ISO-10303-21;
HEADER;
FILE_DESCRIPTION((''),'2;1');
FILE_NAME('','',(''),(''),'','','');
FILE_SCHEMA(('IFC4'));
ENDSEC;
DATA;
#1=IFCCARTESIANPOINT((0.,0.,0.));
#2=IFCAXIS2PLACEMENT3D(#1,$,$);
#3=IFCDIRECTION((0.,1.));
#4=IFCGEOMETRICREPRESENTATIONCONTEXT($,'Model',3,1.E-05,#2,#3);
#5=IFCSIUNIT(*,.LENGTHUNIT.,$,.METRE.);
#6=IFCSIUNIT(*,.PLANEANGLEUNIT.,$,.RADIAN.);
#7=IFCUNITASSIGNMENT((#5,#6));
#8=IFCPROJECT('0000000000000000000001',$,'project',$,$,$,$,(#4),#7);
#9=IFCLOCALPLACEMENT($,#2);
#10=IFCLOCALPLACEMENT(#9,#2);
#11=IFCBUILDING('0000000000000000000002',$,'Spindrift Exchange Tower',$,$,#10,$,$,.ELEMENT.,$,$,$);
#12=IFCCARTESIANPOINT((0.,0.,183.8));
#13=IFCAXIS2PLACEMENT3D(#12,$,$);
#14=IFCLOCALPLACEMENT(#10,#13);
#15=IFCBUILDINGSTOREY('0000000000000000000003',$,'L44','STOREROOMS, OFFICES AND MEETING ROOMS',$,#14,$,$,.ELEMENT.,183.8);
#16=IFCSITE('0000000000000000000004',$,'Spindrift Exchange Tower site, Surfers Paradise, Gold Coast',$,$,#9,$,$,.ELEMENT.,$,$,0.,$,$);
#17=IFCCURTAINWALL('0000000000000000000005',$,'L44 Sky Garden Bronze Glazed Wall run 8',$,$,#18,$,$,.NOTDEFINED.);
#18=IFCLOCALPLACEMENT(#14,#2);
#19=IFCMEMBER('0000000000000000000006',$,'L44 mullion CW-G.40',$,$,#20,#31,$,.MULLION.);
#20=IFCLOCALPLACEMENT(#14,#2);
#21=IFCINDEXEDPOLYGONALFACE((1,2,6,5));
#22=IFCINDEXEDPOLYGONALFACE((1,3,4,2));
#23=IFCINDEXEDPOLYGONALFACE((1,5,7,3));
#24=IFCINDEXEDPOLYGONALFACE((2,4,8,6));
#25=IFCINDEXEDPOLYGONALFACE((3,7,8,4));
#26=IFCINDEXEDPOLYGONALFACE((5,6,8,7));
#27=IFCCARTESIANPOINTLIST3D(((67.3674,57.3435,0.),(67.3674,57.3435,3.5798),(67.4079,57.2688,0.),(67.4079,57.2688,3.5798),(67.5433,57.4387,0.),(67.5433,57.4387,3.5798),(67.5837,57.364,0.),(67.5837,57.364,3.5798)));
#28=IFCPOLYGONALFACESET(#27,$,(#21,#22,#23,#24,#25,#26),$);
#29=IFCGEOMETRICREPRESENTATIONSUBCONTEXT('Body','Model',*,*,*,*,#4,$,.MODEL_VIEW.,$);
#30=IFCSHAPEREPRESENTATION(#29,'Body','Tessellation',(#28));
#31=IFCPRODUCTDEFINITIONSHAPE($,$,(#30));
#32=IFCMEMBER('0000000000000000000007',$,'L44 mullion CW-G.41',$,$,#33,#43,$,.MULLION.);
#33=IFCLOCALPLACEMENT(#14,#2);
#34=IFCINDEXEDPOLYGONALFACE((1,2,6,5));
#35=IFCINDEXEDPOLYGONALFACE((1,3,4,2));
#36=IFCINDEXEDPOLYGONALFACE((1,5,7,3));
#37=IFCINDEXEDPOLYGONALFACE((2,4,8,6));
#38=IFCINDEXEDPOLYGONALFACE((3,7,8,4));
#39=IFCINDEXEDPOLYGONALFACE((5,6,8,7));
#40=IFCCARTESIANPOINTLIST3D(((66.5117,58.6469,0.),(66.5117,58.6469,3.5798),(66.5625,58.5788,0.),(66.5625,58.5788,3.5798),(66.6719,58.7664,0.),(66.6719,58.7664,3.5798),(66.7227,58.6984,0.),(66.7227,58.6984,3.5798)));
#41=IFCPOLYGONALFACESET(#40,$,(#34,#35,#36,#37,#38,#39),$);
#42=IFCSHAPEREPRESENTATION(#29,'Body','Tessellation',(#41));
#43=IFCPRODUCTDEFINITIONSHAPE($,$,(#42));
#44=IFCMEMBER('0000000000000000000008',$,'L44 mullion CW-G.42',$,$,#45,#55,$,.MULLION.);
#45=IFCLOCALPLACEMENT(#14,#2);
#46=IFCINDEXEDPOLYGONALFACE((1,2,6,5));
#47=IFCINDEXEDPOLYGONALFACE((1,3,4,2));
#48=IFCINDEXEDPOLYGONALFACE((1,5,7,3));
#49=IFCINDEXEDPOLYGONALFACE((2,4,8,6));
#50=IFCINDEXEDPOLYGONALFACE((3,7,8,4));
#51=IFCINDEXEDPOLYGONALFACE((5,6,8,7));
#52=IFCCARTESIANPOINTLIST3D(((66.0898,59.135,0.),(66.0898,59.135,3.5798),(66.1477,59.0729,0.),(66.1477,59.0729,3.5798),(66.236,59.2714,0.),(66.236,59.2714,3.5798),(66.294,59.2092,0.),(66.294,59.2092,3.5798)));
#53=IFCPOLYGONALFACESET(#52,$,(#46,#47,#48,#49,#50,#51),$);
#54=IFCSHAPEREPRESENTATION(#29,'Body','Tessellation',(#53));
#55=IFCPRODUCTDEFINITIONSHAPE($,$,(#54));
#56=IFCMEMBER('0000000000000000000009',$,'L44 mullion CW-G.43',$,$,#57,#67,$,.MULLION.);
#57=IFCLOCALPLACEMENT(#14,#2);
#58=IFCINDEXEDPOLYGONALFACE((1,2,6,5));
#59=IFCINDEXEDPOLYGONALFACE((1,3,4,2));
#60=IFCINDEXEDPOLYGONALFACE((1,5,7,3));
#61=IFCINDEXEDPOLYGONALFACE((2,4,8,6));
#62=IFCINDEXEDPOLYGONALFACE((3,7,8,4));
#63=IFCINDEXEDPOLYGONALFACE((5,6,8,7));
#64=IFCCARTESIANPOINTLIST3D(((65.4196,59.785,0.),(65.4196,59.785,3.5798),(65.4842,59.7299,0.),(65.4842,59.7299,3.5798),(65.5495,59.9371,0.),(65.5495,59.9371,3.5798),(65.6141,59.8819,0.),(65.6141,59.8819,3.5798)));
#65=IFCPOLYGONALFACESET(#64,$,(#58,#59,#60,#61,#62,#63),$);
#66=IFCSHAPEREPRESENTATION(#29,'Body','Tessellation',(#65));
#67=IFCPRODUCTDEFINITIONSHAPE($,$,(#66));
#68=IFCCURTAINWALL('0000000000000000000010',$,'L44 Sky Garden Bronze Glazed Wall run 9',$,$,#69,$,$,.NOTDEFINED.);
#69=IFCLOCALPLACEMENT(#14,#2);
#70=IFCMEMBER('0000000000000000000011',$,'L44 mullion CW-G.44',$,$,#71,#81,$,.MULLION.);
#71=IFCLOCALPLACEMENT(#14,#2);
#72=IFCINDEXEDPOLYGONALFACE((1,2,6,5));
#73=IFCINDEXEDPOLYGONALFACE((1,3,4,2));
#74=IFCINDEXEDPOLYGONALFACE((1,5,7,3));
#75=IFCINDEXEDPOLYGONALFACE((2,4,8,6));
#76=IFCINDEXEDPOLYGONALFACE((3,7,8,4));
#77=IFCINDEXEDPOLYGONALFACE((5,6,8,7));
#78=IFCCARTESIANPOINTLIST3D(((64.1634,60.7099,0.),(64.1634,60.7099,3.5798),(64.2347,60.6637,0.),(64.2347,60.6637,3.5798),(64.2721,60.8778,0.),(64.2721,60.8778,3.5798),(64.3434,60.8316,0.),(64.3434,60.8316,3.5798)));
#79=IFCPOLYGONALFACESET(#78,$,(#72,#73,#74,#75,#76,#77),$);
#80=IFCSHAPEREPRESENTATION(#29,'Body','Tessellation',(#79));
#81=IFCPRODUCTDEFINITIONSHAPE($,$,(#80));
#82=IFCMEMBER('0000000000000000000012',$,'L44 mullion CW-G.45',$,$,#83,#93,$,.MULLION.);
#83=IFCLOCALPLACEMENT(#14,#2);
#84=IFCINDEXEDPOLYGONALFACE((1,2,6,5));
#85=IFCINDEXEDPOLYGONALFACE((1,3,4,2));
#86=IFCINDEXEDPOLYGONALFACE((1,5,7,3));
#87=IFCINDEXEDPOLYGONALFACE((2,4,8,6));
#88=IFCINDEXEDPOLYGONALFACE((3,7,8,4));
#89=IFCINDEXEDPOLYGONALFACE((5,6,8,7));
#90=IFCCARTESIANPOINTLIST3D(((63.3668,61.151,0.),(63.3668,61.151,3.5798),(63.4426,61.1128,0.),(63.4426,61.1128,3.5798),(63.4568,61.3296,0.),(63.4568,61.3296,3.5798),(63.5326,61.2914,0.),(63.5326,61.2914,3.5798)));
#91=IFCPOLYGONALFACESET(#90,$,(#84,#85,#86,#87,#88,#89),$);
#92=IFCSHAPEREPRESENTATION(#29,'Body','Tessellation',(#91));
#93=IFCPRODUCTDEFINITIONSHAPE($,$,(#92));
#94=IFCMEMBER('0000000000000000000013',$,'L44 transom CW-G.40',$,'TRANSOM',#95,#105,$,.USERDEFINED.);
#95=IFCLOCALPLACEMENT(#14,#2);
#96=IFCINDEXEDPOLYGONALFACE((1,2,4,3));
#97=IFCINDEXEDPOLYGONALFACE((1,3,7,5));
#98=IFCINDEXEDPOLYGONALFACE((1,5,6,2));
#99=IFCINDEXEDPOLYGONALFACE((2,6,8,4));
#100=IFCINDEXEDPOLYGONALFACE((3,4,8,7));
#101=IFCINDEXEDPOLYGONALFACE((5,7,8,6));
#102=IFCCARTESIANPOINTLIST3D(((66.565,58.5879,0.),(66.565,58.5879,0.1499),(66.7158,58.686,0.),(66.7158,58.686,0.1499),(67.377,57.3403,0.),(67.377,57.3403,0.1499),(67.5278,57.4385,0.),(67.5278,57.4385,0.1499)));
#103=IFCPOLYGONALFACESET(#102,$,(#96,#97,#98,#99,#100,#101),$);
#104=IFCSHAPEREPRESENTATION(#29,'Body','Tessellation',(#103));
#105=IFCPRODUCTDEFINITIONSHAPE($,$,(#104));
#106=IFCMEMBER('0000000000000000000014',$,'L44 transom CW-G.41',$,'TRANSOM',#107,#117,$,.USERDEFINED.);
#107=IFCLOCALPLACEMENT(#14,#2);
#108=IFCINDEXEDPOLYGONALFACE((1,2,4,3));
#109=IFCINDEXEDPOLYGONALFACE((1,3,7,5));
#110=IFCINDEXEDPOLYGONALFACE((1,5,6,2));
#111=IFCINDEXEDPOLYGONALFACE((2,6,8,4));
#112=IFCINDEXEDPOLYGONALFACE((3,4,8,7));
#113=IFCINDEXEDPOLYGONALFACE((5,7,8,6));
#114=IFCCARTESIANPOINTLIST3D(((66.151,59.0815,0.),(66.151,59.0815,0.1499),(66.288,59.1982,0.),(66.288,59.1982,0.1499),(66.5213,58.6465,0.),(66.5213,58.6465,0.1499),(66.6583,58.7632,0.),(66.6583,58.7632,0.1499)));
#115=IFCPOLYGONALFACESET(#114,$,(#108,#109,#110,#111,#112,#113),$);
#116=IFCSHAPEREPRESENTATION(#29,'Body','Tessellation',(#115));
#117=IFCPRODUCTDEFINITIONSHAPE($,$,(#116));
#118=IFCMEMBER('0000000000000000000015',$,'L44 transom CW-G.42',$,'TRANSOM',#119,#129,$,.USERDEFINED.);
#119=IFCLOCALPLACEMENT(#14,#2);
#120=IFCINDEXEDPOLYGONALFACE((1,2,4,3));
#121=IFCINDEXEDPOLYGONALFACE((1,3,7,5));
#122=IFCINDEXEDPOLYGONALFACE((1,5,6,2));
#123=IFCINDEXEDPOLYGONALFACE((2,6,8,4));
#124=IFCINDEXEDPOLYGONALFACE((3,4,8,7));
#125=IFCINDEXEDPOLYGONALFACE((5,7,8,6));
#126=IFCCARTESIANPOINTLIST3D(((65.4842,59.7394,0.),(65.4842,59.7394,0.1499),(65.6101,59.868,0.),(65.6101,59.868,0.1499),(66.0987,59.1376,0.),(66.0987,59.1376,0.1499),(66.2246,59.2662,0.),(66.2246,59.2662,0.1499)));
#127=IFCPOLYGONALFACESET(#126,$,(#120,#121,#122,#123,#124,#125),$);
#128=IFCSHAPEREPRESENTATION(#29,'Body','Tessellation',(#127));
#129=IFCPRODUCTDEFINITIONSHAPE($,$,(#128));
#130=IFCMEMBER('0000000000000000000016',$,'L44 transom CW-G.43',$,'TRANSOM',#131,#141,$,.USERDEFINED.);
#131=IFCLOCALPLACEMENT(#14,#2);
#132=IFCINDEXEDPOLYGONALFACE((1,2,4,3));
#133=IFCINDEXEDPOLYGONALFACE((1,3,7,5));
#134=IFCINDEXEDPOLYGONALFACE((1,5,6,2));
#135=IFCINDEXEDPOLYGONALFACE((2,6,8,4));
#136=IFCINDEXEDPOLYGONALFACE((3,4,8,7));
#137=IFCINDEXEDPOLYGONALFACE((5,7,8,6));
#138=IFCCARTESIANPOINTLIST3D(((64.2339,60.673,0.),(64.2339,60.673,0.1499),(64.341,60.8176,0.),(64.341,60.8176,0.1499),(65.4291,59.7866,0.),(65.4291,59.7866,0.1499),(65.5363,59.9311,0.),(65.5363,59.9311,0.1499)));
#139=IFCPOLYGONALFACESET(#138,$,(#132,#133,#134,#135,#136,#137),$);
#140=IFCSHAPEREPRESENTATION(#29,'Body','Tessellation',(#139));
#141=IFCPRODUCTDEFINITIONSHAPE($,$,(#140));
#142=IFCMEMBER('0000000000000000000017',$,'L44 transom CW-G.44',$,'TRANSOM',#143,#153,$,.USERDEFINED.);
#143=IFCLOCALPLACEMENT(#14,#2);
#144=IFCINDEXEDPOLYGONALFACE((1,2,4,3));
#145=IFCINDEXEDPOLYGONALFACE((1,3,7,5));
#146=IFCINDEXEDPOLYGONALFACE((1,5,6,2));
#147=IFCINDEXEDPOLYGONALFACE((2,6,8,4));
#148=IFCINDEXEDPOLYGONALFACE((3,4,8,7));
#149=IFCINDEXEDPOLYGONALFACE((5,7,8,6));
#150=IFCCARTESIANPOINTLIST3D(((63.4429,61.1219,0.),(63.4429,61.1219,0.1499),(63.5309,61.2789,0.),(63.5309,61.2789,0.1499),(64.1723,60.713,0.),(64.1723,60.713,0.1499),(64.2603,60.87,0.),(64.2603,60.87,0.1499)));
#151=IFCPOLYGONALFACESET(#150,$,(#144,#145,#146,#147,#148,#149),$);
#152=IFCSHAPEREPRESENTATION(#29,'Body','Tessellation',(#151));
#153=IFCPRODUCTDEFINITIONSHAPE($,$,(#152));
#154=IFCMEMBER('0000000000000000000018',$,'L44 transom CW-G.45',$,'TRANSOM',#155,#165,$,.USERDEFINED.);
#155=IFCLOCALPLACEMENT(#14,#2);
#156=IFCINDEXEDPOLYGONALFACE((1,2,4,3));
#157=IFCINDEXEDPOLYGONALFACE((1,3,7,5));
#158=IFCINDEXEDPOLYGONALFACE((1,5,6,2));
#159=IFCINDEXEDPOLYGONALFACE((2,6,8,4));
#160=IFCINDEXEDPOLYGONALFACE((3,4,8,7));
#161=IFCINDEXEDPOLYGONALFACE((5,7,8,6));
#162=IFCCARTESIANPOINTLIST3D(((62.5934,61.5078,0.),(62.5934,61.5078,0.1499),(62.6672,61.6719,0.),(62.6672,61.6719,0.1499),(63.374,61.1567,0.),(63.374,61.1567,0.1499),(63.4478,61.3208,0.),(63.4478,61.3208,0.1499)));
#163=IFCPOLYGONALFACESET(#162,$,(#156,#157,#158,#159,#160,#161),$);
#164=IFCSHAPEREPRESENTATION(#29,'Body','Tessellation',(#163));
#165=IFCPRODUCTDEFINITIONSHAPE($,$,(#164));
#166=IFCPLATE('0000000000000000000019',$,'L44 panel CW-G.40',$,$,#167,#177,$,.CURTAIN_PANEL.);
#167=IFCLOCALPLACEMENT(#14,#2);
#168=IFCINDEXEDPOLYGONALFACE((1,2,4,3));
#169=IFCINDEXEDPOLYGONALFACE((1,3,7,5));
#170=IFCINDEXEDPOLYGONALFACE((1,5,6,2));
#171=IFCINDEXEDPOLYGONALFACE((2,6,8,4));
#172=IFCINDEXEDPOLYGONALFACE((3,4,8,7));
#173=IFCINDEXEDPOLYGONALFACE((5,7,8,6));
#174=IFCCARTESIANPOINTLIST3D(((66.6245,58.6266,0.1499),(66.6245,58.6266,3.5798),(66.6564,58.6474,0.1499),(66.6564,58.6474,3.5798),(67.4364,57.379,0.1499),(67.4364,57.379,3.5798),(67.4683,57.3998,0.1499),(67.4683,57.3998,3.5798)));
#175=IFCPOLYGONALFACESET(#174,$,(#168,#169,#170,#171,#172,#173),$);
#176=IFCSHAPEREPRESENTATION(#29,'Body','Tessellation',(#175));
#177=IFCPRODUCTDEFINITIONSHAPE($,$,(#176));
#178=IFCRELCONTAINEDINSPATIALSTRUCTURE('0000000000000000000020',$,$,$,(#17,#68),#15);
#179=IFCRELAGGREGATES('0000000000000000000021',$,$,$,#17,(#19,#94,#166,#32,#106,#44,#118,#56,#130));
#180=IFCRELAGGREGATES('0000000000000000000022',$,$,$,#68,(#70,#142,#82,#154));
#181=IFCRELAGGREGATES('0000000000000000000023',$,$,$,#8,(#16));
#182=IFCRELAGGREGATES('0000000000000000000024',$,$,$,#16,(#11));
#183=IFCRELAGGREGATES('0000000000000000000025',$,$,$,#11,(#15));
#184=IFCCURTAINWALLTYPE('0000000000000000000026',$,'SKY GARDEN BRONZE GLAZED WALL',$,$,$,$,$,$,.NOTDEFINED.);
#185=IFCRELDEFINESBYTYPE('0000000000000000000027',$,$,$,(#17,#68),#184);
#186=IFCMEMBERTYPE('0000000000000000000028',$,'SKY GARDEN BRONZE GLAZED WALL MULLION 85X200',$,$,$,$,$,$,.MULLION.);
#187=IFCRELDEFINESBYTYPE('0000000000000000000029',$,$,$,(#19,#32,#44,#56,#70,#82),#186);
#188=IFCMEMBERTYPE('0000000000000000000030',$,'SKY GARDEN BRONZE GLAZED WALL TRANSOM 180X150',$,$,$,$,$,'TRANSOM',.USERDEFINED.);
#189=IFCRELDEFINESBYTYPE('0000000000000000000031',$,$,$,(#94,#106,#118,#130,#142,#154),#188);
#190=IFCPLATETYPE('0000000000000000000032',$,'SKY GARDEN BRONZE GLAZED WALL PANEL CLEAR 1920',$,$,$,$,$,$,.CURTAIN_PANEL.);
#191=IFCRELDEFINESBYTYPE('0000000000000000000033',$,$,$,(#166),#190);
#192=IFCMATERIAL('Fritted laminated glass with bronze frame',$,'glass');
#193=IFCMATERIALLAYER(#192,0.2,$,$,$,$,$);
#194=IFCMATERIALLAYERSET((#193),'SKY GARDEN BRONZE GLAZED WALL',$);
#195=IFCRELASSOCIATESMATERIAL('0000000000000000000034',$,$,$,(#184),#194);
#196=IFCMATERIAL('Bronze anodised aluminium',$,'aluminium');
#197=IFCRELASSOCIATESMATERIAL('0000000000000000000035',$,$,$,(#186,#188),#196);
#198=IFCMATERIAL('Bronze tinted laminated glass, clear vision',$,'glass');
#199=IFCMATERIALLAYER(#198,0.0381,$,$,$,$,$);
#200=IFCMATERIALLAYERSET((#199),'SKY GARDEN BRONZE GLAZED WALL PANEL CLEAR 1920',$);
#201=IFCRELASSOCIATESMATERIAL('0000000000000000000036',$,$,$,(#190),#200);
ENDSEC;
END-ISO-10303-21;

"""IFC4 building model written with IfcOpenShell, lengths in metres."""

from ifc_helpers import new_model, si_unit, direction, frame, origin, origin_2d, place, context, subcontext, project, spatial, rectangle, extrude, source, transform, mapped, material, layer, layer_set, material_profile, profile_set, type_object, element, aggregate, save


model = new_model("IFC4")

# Units and contexts
model_context = context("Model", 3, precision=1e-05, world=origin(), true_north=direction((0.0, 1.0)))
body_context = subcontext(model_context, "Body", "Model", "MODEL_VIEW")
ifc_project = project(units=[si_unit("LENGTHUNIT", "METRE"), si_unit("PLANEANGLEUNIT", "RADIAN")], contexts=[model_context])

# Site, building, storey
site_placement = place(None, origin())
site = spatial("IfcSite", under=ifc_project, at=site_placement, Name="Spindrift Exchange Tower site, Surfers Paradise, Gold Coast", CompositionType="ELEMENT", RefElevation=0.0)
building_placement = place(site_placement, origin())
building = spatial("IfcBuilding", under=site, at=building_placement, Name="Spindrift Exchange Tower", CompositionType="ELEMENT")
storey_placement = place(building_placement, frame((0.0, 0.0, 183.8)))
storey = spatial("IfcBuildingStorey", under=building, at=storey_placement, Name="L44", Description="STOREROOMS, OFFICES AND MEETING ROOMS", CompositionType="ELEMENT", Elevation=183.8)

# Curtain walls, members
ifc_material_1 = material(Name="Fritted laminated glass with bronze frame", Category="glass")
ifc_layer_1 = layer(ifc_material_1, 0.2)
ifc_layer_set_1 = layer_set([ifc_layer_1], Name="SKY GARDEN BRONZE GLAZED WALL")
curtain_wall_type = type_object("IfcCurtainWallType", Name="SKY GARDEN BRONZE GLAZED WALL", PredefinedType="NOTDEFINED", material=ifc_layer_set_1)
curtain_wall_1_placement = place(storey_placement, origin())
curtain_wall_1 = element("IfcCurtainWall", 1, at=curtain_wall_1_placement, inside=storey, type_object=curtain_wall_type, Name="L44 Sky Garden Bronze Glazed Wall run 8", PredefinedType="NOTDEFINED")
ifc_material_2 = material(Name="Bronze anodised aluminium", Category="aluminium")
ifc_material_profile_1 = material_profile(ifc_material_2, rectangle(XDim=0.085, YDim=0.2, at=origin_2d()), Name="SKY GARDEN BRONZE GLAZED WALL MULLION 85X200")
ifc_profile_set_1 = profile_set([ifc_material_profile_1], Name="Bronze anodised aluminium")
member_type_1 = type_object("IfcMemberType", Name="SKY GARDEN BRONZE GLAZED WALL MULLION 85X200", PredefinedType="MULLION", material=ifc_profile_set_1)
shared_shape_1 = source(origin(), body_context, "Body", "SweptSolid", [
    extrude(rectangle(XDim=0.085, YDim=0.2, at=origin_2d()), origin(), (0.0, 0.0, 1.0), 3.5798),
])
member_1_placement = place(storey_placement, frame((67.4756, 57.3538, 0.0), z_axis=(0.0, 0.0, 1.0), x_axis=(-0.47596, 0.879467, 0.0)))
member_1 = element("IfcMember", 2, at=member_1_placement, type_object=member_type_1, Name="L44 mullion CW-G.40", PredefinedType="MULLION", context=body_context, shape_type="MappedRepresentation", body=[
    mapped(shared_shape_1, transform((0.0, 0.0, 0.0), scale=1.0)),
])
member_2_placement = place(storey_placement, frame((66.6172, 58.6726, 0.0), z_axis=(0.0, 0.0, 1.0), x_axis=(-0.598079, 0.801437, 0.0)))
member_2 = element("IfcMember", 3, at=member_2_placement, type_object=member_type_1, Name="L44 mullion CW-G.41", PredefinedType="MULLION", context=body_context, shape_type="MappedRepresentation", body=[
    mapped(shared_shape_1, transform((0.0, 0.0, 0.0), scale=1.0)),
])
member_3_placement = place(storey_placement, frame((66.1919, 59.1721, 0.0), z_axis=(0.0, 0.0, 1.0), x_axis=(-0.681997, 0.731355, 0.0)))
member_3 = element("IfcMember", 4, at=member_3_placement, type_object=member_type_1, Name="L44 mullion CW-G.42", PredefinedType="MULLION", context=body_context, shape_type="MappedRepresentation", body=[
    mapped(shared_shape_1, transform((0.0, 0.0, 0.0), scale=1.0)),
])
member_4_placement = place(storey_placement, frame((65.5168, 59.8335, 0.0), z_axis=(0.0, 0.0, 1.0), x_axis=(-0.760534, 0.649298, 0.0)))
member_4 = element("IfcMember", 5, at=member_4_placement, type_object=member_type_1, Name="L44 mullion CW-G.43", PredefinedType="MULLION", context=body_context, shape_type="MappedRepresentation", body=[
    mapped(shared_shape_1, transform((0.0, 0.0, 0.0), scale=1.0)),
])
curtain_wall_2_placement = place(storey_placement, origin())
curtain_wall_2 = element("IfcCurtainWall", 6, at=curtain_wall_2_placement, inside=storey, type_object=curtain_wall_type, Name="L44 Sky Garden Bronze Glazed Wall run 9", PredefinedType="NOTDEFINED")
member_5_placement = place(storey_placement, frame((64.2534, 60.7708, 0.0), z_axis=(0.0, 0.0, 1.0), x_axis=(-0.83941, 0.543498, 0.0)))
member_5 = element("IfcMember", 7, at=member_5_placement, type_object=member_type_1, Name="L44 mullion CW-G.44", PredefinedType="MULLION", context=body_context, shape_type="MappedRepresentation", body=[
    mapped(shared_shape_1, transform((0.0, 0.0, 0.0), scale=1.0)),
])
member_6_placement = place(storey_placement, frame((63.4497, 61.2212, 0.0), z_axis=(0.0, 0.0, 1.0), x_axis=(-0.892999, 0.450058, 0.0)))
member_6 = element("IfcMember", 8, at=member_6_placement, type_object=member_type_1, Name="L44 mullion CW-G.45", PredefinedType="MULLION", context=body_context, shape_type="MappedRepresentation", body=[
    mapped(shared_shape_1, transform((0.0, 0.0, 0.0), scale=1.0)),
])

# Members
ifc_material_profile_2 = material_profile(ifc_material_2, rectangle(XDim=0.1799, YDim=0.1499, at=origin_2d()), Name="SKY GARDEN BRONZE GLAZED WALL TRANSOM 180X150")
ifc_profile_set_2 = profile_set([ifc_material_profile_2], Name="Bronze anodised aluminium")
member_type_2 = type_object("IfcMemberType", Name="SKY GARDEN BRONZE GLAZED WALL TRANSOM 180X150", ElementType="TRANSOM", PredefinedType="USERDEFINED", material=ifc_profile_set_2)
shared_shape_2 = source(origin(), body_context, "Body", "SweptSolid", [
    extrude(rectangle(XDim=0.1799, YDim=0.1499, at=origin_2d()), origin(), (0.0, 0.0, 1.0), 1.4885),
])
member_7_placement = place(storey_placement, frame((67.4524, 57.3894, 0.075), z_axis=(-0.545507, 0.838106, 0.0), x_axis=(-0.838106, -0.545507, 0.0)))
member_7 = element("IfcMember", 9, at=member_7_placement, type_object=member_type_2, Name="L44 transom CW-G.40", ObjectType="TRANSOM", PredefinedType="USERDEFINED", context=body_context, shape_type="MappedRepresentation", body=[
    mapped(shared_shape_2, transform((0.0, 0.0, 0.0), scale=1.0)),
])
shared_shape_3 = source(origin(), body_context, "Body", "SweptSolid", [
    extrude(rectangle(XDim=0.1799, YDim=0.1499, at=origin_2d()), origin(), (0.0, 0.0, 1.0), 0.5713),
])
member_8_placement = place(storey_placement, frame((66.5898, 58.7048, 0.075), z_axis=(-0.648219, 0.761454, 0.0), x_axis=(-0.761454, -0.648219, 0.0)))
member_8 = element("IfcMember", 10, at=member_8_placement, type_object=member_type_2, Name="L44 transom CW-G.41", ObjectType="TRANSOM", PredefinedType="USERDEFINED", context=body_context, shape_type="MappedRepresentation", body=[
    mapped(shared_shape_3, transform((0.0, 0.0, 0.0), scale=1.0)),
])
shared_shape_4 = source(origin(), body_context, "Body", "SweptSolid", [
    extrude(rectangle(XDim=0.1799, YDim=0.1499, at=origin_2d()), origin(), (0.0, 0.0, 1.0), 0.8601),
])
member_9_placement = place(storey_placement, frame((66.1616, 59.2019, 0.075), z_axis=(-0.714448, 0.699688, 0.0), x_axis=(-0.699688, -0.714448, 0.0)))
member_9 = element("IfcMember", 11, at=member_9_placement, type_object=member_type_2, Name="L44 transom CW-G.42", ObjectType="TRANSOM", PredefinedType="USERDEFINED", context=body_context, shape_type="MappedRepresentation", body=[
    mapped(shared_shape_4, transform((0.0, 0.0, 0.0), scale=1.0)),
])
shared_shape_5 = source(origin(), body_context, "Body", "SweptSolid", [
    extrude(rectangle(XDim=0.1799, YDim=0.1499, at=origin_2d()), origin(), (0.0, 0.0, 1.0), 1.488),
])
member_10_placement = place(storey_placement, frame((65.4827, 59.8589, 0.075), z_axis=(-0.803217, 0.595686, 0.0), x_axis=(-0.595686, -0.803217, 0.0)))
member_10 = element("IfcMember", 12, at=member_10_placement, type_object=member_type_2, Name="L44 transom CW-G.43", ObjectType="TRANSOM", PredefinedType="USERDEFINED", context=body_context, shape_type="MappedRepresentation", body=[
    mapped(shared_shape_5, transform((0.0, 0.0, 0.0), scale=1.0)),
])
shared_shape_6 = source(origin(), body_context, "Body", "SweptSolid", [
    extrude(rectangle(XDim=0.1799, YDim=0.1499, at=origin_2d()), origin(), (0.0, 0.0, 1.0), 0.8362),
])
member_11_placement = place(storey_placement, frame((64.2163, 60.7915, 0.075), z_axis=(-0.872292, 0.488986, 0.0), x_axis=(-0.488986, -0.872292, 0.0)))
member_11 = element("IfcMember", 13, at=member_11_placement, type_object=member_type_2, Name="L44 transom CW-G.44", ObjectType="TRANSOM", PredefinedType="USERDEFINED", context=body_context, shape_type="MappedRepresentation", body=[
    mapped(shared_shape_6, transform((0.0, 0.0, 0.0), scale=1.0)),
])
shared_shape_7 = source(origin(), body_context, "Body", "SweptSolid", [
    extrude(rectangle(XDim=0.1799, YDim=0.1499, at=origin_2d()), origin(), (0.0, 0.0, 1.0), 0.856),
])
member_12_placement = place(storey_placement, frame((63.4109, 61.2388, 0.075), z_axis=(-0.911991, 0.41021, 0.0), x_axis=(-0.41021, -0.911991, 0.0)))
member_12 = element("IfcMember", 14, at=member_12_placement, type_object=member_type_2, Name="L44 transom CW-G.45", ObjectType="TRANSOM", PredefinedType="USERDEFINED", context=body_context, shape_type="MappedRepresentation", body=[
    mapped(shared_shape_7, transform((0.0, 0.0, 0.0), scale=1.0)),
])

# Plate
ifc_material_3 = material(Name="Bronze tinted laminated glass, clear vision", Category="glass")
ifc_layer_2 = layer(ifc_material_3, 0.0381)
ifc_layer_set_2 = layer_set([ifc_layer_2], Name="SKY GARDEN BRONZE GLAZED WALL PANEL CLEAR 1920")
plate_type_1 = type_object("IfcPlateType", Name="SKY GARDEN BRONZE GLAZED WALL PANEL CLEAR 1920", PredefinedType="CURTAIN_PANEL", material=ifc_layer_set_2)
shared_shape_8 = source(origin(), body_context, "Body", "SweptSolid", [
    extrude(rectangle(XDim=1.4885, YDim=0.0381, at=origin_2d()), origin(), (0.0, 0.0, 1.0), 3.4299),
])
plate_1_placement = place(storey_placement, frame((67.0464, 58.0132, 0.1499), z_axis=(0.0, 0.0, 1.0), x_axis=(-0.54547, 0.83813, 0.0)))
plate_1 = element("IfcPlate", 15, at=plate_1_placement, type_object=plate_type_1, Name="L44 panel CW-G.40", PredefinedType="CURTAIN_PANEL", context=body_context, shape_type="MappedRepresentation", body=[
    mapped(shared_shape_8, transform((0.0, 0.0, 0.0), scale=1.0)),
])
aggregate(curtain_wall_1, [member_1, member_7, plate_1, member_2, member_8, member_3, member_9, member_4, member_10])
aggregate(curtain_wall_2, [member_5, member_11, member_6, member_12])

save(model, "model.ifc")
